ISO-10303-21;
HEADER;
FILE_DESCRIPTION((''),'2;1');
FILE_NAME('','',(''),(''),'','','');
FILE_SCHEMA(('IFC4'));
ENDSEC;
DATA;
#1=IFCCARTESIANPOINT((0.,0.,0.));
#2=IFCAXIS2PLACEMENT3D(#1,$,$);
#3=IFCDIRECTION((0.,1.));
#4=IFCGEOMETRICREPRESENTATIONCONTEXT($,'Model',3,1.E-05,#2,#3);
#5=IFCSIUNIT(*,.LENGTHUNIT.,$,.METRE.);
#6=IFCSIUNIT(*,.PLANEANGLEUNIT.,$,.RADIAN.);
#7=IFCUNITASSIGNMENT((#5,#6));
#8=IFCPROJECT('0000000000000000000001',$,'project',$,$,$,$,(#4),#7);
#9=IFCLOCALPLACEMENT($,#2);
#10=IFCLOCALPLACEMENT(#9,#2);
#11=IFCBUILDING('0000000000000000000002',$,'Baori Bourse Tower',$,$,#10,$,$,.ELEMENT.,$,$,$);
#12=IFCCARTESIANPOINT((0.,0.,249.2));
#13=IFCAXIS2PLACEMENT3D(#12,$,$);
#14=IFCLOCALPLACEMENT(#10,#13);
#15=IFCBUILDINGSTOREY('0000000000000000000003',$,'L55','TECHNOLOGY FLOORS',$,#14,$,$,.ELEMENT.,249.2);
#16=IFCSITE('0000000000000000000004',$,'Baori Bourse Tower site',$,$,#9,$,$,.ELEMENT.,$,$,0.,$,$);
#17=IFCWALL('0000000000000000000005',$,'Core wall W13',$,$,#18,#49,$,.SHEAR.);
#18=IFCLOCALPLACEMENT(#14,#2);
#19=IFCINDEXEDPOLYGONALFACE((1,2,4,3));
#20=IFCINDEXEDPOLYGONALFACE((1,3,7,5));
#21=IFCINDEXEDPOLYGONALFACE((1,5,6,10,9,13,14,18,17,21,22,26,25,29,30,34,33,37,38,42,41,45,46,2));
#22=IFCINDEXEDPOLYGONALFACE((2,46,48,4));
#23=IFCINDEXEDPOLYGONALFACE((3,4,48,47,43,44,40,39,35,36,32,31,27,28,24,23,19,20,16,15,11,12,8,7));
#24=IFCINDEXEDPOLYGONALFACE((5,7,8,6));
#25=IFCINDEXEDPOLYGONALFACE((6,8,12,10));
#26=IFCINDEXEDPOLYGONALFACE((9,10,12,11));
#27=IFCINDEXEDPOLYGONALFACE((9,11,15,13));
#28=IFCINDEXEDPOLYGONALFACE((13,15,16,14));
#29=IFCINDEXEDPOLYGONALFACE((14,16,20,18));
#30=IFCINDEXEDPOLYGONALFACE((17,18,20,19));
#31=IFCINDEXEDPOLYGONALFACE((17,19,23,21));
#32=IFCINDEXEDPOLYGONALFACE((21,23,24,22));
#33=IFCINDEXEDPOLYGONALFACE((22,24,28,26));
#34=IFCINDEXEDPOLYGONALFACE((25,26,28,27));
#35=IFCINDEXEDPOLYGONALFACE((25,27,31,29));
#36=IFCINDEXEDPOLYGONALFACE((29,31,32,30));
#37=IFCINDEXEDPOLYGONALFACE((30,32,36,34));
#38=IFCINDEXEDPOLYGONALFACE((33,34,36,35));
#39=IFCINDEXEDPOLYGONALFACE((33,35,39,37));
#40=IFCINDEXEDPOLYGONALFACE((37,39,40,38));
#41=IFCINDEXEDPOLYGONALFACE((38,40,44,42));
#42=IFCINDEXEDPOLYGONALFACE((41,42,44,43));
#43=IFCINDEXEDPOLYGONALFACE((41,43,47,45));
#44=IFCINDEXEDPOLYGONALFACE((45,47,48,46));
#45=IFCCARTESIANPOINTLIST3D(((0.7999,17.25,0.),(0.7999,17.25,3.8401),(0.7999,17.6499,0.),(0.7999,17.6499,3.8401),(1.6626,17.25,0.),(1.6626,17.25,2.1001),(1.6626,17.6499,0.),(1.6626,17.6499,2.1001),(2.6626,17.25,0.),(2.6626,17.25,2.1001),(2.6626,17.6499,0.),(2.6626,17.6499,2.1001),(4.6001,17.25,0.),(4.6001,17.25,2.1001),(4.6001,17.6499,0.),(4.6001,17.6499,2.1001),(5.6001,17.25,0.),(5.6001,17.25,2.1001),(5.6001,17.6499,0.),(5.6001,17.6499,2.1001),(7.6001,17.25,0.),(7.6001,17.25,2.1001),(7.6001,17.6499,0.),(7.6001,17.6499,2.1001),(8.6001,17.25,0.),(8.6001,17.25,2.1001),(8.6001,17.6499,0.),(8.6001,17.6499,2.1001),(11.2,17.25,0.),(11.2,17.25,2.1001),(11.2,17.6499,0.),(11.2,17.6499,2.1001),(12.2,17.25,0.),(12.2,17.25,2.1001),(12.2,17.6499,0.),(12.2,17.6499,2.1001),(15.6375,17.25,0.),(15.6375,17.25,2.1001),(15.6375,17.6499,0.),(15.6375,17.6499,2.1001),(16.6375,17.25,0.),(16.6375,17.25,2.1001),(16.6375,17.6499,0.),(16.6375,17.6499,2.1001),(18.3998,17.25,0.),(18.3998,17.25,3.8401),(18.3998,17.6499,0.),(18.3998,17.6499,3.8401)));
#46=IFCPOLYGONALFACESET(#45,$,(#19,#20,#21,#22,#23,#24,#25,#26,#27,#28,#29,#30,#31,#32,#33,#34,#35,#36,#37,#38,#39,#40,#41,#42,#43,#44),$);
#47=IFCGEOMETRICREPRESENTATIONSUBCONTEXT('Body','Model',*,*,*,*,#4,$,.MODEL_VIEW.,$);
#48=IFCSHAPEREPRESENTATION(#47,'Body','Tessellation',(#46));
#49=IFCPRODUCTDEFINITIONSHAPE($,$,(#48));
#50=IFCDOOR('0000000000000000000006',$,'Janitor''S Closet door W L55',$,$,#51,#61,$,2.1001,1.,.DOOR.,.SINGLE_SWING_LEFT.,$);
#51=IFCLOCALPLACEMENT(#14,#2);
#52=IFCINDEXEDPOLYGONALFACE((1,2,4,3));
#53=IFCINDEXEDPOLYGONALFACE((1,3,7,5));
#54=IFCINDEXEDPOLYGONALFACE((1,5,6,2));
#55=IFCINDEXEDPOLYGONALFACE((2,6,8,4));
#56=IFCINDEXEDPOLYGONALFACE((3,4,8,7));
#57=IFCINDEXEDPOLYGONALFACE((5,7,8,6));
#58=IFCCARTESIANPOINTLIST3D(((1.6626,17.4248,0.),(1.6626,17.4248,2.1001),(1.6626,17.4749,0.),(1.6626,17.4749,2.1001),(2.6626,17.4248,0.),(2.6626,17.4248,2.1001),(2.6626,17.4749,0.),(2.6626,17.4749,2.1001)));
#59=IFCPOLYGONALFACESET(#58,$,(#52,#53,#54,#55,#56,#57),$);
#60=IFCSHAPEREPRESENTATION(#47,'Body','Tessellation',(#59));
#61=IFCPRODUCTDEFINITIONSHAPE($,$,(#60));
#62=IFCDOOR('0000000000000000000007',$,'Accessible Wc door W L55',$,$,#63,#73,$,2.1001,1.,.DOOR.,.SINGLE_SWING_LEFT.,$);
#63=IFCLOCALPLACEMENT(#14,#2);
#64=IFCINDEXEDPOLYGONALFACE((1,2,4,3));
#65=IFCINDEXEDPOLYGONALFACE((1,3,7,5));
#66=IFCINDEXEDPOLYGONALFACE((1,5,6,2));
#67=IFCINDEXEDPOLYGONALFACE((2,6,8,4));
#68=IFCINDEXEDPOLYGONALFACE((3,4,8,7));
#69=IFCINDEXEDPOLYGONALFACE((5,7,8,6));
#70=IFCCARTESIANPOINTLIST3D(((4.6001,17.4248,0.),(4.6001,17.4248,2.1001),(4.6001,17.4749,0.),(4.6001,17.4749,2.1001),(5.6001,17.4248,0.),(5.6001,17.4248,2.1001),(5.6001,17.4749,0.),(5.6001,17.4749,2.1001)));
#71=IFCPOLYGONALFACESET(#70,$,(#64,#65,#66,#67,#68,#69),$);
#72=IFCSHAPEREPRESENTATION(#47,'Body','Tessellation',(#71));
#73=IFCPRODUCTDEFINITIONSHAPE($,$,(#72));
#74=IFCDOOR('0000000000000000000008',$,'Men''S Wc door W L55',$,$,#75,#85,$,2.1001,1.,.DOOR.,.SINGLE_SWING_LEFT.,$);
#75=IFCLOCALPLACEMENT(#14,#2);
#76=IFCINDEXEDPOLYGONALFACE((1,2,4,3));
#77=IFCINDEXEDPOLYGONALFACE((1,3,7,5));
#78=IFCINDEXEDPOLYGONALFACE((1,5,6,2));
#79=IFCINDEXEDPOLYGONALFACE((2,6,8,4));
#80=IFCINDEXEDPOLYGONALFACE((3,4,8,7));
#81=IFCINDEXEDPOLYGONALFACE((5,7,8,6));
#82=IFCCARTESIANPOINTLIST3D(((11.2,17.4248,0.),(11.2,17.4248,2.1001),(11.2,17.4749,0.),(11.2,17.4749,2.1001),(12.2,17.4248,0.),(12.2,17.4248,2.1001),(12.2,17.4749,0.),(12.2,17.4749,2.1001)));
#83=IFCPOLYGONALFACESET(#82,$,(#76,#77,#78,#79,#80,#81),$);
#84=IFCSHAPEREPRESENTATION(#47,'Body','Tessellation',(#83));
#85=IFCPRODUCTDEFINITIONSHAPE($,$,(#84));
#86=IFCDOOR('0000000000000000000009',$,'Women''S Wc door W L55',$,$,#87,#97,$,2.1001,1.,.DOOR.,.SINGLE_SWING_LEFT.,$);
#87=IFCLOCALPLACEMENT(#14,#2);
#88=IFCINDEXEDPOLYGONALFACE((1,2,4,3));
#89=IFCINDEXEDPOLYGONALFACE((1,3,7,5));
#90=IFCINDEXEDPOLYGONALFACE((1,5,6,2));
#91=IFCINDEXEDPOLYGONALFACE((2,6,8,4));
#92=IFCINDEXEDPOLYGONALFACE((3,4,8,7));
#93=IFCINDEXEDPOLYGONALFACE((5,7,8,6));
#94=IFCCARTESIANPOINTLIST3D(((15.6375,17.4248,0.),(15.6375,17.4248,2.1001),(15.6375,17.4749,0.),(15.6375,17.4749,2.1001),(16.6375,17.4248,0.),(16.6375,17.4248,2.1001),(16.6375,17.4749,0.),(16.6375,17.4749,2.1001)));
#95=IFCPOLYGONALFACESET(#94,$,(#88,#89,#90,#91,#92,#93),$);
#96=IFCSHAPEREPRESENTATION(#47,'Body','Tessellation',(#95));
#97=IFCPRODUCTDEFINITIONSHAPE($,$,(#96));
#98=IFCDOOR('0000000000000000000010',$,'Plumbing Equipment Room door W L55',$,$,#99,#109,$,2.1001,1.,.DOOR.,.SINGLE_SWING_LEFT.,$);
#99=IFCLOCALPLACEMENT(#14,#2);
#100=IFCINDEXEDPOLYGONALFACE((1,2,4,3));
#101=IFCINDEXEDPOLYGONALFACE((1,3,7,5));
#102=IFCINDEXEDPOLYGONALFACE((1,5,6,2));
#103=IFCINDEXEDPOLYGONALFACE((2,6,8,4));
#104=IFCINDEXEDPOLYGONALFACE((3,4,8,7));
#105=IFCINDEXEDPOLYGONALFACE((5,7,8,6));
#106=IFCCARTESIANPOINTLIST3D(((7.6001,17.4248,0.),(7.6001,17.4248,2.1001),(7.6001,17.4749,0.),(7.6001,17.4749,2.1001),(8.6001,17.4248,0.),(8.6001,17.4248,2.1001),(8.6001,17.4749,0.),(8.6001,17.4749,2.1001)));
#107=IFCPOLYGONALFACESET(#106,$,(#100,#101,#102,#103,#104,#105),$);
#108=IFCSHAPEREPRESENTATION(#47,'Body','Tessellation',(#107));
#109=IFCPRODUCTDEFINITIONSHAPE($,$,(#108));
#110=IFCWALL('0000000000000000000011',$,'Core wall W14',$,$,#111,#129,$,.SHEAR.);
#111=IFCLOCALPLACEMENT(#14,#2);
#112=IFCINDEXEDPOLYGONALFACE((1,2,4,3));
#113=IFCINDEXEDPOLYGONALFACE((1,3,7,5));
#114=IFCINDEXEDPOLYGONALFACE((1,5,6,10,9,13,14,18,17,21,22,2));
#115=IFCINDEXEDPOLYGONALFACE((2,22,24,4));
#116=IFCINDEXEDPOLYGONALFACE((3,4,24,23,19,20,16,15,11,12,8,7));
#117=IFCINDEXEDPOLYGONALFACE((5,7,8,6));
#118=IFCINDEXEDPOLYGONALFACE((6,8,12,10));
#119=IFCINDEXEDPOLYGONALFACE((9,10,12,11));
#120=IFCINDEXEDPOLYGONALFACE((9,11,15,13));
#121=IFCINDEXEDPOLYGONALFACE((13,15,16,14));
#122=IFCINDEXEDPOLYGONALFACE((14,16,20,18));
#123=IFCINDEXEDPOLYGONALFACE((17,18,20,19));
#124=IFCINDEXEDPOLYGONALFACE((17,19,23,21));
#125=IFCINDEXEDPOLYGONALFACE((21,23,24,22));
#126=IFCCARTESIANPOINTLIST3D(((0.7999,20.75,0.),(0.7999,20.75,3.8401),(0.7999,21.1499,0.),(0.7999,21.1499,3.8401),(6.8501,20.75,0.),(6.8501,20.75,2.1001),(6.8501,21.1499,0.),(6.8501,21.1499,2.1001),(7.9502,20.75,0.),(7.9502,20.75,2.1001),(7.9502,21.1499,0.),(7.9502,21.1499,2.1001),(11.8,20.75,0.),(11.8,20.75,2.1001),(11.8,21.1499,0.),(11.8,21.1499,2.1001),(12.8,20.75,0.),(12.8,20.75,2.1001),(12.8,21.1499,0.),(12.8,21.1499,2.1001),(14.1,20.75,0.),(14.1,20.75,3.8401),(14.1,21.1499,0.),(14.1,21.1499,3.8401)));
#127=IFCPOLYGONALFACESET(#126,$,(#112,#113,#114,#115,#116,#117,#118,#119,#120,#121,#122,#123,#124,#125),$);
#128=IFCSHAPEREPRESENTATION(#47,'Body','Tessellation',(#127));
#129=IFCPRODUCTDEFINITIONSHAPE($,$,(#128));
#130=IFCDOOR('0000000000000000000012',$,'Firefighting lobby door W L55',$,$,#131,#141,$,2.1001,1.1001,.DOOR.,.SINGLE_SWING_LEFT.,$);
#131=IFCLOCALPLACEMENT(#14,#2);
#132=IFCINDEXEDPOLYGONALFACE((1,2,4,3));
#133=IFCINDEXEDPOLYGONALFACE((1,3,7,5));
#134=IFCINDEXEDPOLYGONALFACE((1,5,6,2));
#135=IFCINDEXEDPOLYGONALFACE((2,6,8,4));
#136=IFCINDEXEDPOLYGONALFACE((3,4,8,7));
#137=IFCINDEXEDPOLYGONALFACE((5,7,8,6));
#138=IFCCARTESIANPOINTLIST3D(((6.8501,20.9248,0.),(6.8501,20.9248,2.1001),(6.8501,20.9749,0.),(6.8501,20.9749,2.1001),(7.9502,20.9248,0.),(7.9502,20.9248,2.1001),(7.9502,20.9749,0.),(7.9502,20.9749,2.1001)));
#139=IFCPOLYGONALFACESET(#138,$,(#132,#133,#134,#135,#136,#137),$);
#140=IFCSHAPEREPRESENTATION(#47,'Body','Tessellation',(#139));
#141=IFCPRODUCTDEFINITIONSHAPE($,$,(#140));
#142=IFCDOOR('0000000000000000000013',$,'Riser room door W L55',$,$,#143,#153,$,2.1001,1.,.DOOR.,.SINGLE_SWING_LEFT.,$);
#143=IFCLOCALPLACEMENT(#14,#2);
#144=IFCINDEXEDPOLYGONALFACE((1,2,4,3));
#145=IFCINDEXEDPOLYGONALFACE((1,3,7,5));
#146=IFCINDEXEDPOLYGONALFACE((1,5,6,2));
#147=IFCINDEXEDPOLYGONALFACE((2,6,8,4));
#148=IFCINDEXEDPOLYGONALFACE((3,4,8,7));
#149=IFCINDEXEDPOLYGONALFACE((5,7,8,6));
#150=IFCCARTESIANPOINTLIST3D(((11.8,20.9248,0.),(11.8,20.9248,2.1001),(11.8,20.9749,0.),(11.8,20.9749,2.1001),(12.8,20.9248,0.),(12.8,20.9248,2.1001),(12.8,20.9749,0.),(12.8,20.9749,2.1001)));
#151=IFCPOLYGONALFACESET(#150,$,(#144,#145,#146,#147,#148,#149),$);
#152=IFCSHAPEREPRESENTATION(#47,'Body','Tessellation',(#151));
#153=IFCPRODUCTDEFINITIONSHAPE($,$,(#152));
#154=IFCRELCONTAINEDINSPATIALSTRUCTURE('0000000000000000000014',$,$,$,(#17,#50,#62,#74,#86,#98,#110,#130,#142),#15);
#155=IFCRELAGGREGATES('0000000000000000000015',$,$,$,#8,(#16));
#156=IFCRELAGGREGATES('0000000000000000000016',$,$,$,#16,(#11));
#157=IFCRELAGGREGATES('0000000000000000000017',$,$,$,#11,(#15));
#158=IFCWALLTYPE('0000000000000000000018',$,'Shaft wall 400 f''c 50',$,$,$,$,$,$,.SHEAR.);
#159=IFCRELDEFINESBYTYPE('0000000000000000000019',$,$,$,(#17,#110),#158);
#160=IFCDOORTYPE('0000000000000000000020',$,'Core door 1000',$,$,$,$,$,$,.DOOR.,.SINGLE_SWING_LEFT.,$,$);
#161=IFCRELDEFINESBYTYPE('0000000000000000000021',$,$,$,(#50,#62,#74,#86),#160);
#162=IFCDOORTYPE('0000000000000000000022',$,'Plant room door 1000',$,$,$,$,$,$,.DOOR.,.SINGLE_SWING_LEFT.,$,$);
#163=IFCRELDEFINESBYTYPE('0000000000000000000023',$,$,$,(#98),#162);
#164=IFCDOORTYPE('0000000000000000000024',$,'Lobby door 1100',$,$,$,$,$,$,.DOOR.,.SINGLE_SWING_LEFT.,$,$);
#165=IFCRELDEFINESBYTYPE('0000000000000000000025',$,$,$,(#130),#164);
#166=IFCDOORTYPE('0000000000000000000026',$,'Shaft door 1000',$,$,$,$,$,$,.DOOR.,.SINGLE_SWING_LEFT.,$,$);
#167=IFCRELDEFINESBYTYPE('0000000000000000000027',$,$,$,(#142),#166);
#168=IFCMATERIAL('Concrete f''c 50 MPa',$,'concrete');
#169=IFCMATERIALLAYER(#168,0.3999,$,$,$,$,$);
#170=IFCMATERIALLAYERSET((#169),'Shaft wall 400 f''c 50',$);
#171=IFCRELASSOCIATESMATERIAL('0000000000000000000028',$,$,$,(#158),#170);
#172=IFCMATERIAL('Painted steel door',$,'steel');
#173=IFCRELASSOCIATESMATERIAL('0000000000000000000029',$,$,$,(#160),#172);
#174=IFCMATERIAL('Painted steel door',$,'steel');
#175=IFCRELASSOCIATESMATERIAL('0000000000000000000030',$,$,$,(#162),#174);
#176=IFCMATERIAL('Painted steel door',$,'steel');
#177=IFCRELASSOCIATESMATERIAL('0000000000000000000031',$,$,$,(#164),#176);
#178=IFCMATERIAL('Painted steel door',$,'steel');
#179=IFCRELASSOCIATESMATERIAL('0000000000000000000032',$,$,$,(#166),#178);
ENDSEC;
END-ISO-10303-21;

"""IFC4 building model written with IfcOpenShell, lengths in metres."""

from ifc_helpers import new_model, si_unit, direction, frame, frame_2d, origin, place, context, subcontext, project, spatial, rectangle, extrude, material, layer, layer_set, type_object, element, fill, save


model = new_model("IFC4")

# Units and contexts
model_context = context("Model", 3, precision=1e-05, world=origin(), true_north=direction((0.0, 1.0)))
body_context = subcontext(model_context, "Body", "Model", "MODEL_VIEW")
ifc_project = project(units=[si_unit("LENGTHUNIT", "METRE"), si_unit("PLANEANGLEUNIT", "RADIAN")], contexts=[model_context])

# Site, building, storey
site_placement = place(None, origin())
site = spatial("IfcSite", under=ifc_project, at=site_placement, Name="Baori Bourse Tower site", CompositionType="ELEMENT", RefElevation=0.0)
building_placement = place(site_placement, origin())
building = spatial("IfcBuilding", under=site, at=building_placement, Name="Baori Bourse Tower", CompositionType="ELEMENT")
storey_placement = place(building_placement, frame((0.0, 0.0, 249.2)))
storey = spatial("IfcBuildingStorey", under=building, at=storey_placement, Name="L55", Description="TECHNOLOGY FLOORS", CompositionType="ELEMENT", Elevation=249.2)

# Shared definitions
ifc_material_1 = material(Name="Concrete f'c 50 MPa", Category="concrete")
ifc_layer_1 = layer(ifc_material_1, 0.3999)
ifc_layer_set_1 = layer_set([ifc_layer_1], Name="Shaft wall 400 f'c 50")
wall_type_1 = type_object("IfcWallType", Name="Shaft wall 400 f'c 50", PredefinedType="SHEAR", material=ifc_layer_set_1)

# Walls, openings, doors
wall_1_placement = place(storey_placement, frame((0.8, 17.45, 0.0), z_axis=(0.0, 0.0, 1.0), x_axis=(1.0, 0.0, 0.0)))
wall_1 = element("IfcWall", 1, at=wall_1_placement, inside=storey, type_object=wall_type_1, Name="Core wall W13", PredefinedType="SHEAR", context=body_context, shape_type="SweptSolid", body=[
    extrude(rectangle(XDim=17.5999, YDim=0.3999, at=frame_2d((8.7998, 0.0))), origin(), (0.0, 0.0, 1.0), 3.8401),
])
opening_1_placement = place(wall_1_placement, frame((0.8625, 0.0, 0.0)))
opening_1 = element("IfcOpeningElement", 2, at=opening_1_placement, cuts=wall_1, PredefinedType="OPENING", context=body_context, shape_type="SweptSolid", body=[
    extrude(rectangle(XDim=1.0, YDim=2.1001, at=frame_2d((0.5, 1.05))), frame((0.0, 0.21, 0.0), z_axis=(0.0, -1.0, 0.0), x_axis=(1.0, 0.0, 0.0)), (0.0, 0.0, 1.0), 0.4199),
])
opening_2_placement = place(wall_1_placement, frame((3.8, 0.0, 0.0)))
opening_2 = element("IfcOpeningElement", 3, at=opening_2_placement, cuts=wall_1, PredefinedType="OPENING", context=body_context, shape_type="SweptSolid", body=[
    extrude(rectangle(XDim=1.0, YDim=2.1001, at=frame_2d((0.5, 1.05))), frame((0.0, 0.21, 0.0), z_axis=(0.0, -1.0, 0.0), x_axis=(1.0, 0.0, 0.0)), (0.0, 0.0, 1.0), 0.4199),
])
opening_3_placement = place(wall_1_placement, frame((6.8, 0.0, 0.0)))
opening_3 = element("IfcOpeningElement", 4, at=opening_3_placement, cuts=wall_1, PredefinedType="OPENING", context=body_context, shape_type="SweptSolid", body=[
    extrude(rectangle(XDim=1.0, YDim=2.1001, at=frame_2d((0.5, 1.05))), frame((0.0, 0.21, 0.0), z_axis=(0.0, -1.0, 0.0), x_axis=(1.0, 0.0, 0.0)), (0.0, 0.0, 1.0), 0.4199),
])
opening_4_placement = place(wall_1_placement, frame((10.3999, 0.0, 0.0)))
opening_4 = element("IfcOpeningElement", 5, at=opening_4_placement, cuts=wall_1, PredefinedType="OPENING", context=body_context, shape_type="SweptSolid", body=[
    extrude(rectangle(XDim=1.0, YDim=2.1001, at=frame_2d((0.5, 1.05))), frame((0.0, 0.21, 0.0), z_axis=(0.0, -1.0, 0.0), x_axis=(1.0, 0.0, 0.0)), (0.0, 0.0, 1.0), 0.4199),
])
opening_5_placement = place(wall_1_placement, frame((14.8374, 0.0, 0.0)))
opening_5 = element("IfcOpeningElement", 6, at=opening_5_placement, cuts=wall_1, PredefinedType="OPENING", context=body_context, shape_type="SweptSolid", body=[
    extrude(rectangle(XDim=1.0, YDim=2.1001, at=frame_2d((0.5, 1.05))), frame((0.0, 0.21, 0.0), z_axis=(0.0, -1.0, 0.0), x_axis=(1.0, 0.0, 0.0)), (0.0, 0.0, 1.0), 0.4199),
])
ifc_material_2 = material(Name="Painted steel door", Category="steel")
door_type_1 = type_object("IfcDoorType", Name="Core door 1000", OperationType="SINGLE_SWING_LEFT", PredefinedType="DOOR", material=ifc_material_2)
door_1_placement = place(opening_1_placement, origin())
door_1 = element("IfcDoor", 7, at=door_1_placement, inside=storey, type_object=door_type_1, Name="Janitor'S Closet door W L55", OperationType="SINGLE_SWING_LEFT", OverallHeight=2.1001, OverallWidth=1.0, PredefinedType="DOOR", context=body_context, shape_type="SweptSolid", body=[
    extrude(rectangle(XDim=1.0, YDim=2.1001, at=frame_2d((0.5, 1.05))), frame((0.0, 0.0249, 0.0), z_axis=(0.0, -1.0, 0.0), x_axis=(1.0, 0.0, 0.0)), (0.0, 0.0, 1.0), 0.05),
])
fill(opening_1, door_1)
door_2_placement = place(opening_2_placement, origin())
door_2 = element("IfcDoor", 8, at=door_2_placement, inside=storey, type_object=door_type_1, Name="Accessible Wc door W L55", OperationType="SINGLE_SWING_LEFT", OverallHeight=2.1001, OverallWidth=1.0, PredefinedType="DOOR", context=body_context, shape_type="SweptSolid", body=[
    extrude(rectangle(XDim=1.0, YDim=2.1001, at=frame_2d((0.5, 1.05))), frame((0.0, 0.0249, 0.0), z_axis=(0.0, -1.0, 0.0), x_axis=(1.0, 0.0, 0.0)), (0.0, 0.0, 1.0), 0.05),
])
fill(opening_2, door_2)
door_3_placement = place(opening_4_placement, origin())
door_3 = element("IfcDoor", 9, at=door_3_placement, inside=storey, type_object=door_type_1, Name="Men'S Wc door W L55", OperationType="SINGLE_SWING_LEFT", OverallHeight=2.1001, OverallWidth=1.0, PredefinedType="DOOR", context=body_context, shape_type="SweptSolid", body=[
    extrude(rectangle(XDim=1.0, YDim=2.1001, at=frame_2d((0.5, 1.05))), frame((0.0, 0.0249, 0.0), z_axis=(0.0, -1.0, 0.0), x_axis=(1.0, 0.0, 0.0)), (0.0, 0.0, 1.0), 0.05),
])
fill(opening_4, door_3)
door_4_placement = place(opening_5_placement, origin())
door_4 = element("IfcDoor", 10, at=door_4_placement, inside=storey, type_object=door_type_1, Name="Women'S Wc door W L55", OperationType="SINGLE_SWING_LEFT", OverallHeight=2.1001, OverallWidth=1.0, PredefinedType="DOOR", context=body_context, shape_type="SweptSolid", body=[
    extrude(rectangle(XDim=1.0, YDim=2.1001, at=frame_2d((0.5, 1.05))), frame((0.0, 0.0249, 0.0), z_axis=(0.0, -1.0, 0.0), x_axis=(1.0, 0.0, 0.0)), (0.0, 0.0, 1.0), 0.05),
])
fill(opening_5, door_4)
ifc_material_3 = material(Name="Painted steel door", Category="steel")
door_type_2 = type_object("IfcDoorType", Name="Plant room door 1000", OperationType="SINGLE_SWING_LEFT", PredefinedType="DOOR", material=ifc_material_3)
door_5_placement = place(opening_3_placement, origin())
door_5 = element("IfcDoor", 11, at=door_5_placement, inside=storey, type_object=door_type_2, Name="Plumbing Equipment Room door W L55", OperationType="SINGLE_SWING_LEFT", OverallHeight=2.1001, OverallWidth=1.0, PredefinedType="DOOR", context=body_context, shape_type="SweptSolid", body=[
    extrude(rectangle(XDim=1.0, YDim=2.1001, at=frame_2d((0.5, 1.05))), frame((0.0, 0.0249, 0.0), z_axis=(0.0, -1.0, 0.0), x_axis=(1.0, 0.0, 0.0)), (0.0, 0.0, 1.0), 0.05),
])
fill(opening_3, door_5)
wall_2_placement = place(storey_placement, frame((0.8, 20.95, 0.0), z_axis=(0.0, 0.0, 1.0), x_axis=(1.0, 0.0, 0.0)))
wall_2 = element("IfcWall", 12, at=wall_2_placement, inside=storey, type_object=wall_type_1, Name="Core wall W14", PredefinedType="SHEAR", context=body_context, shape_type="SweptSolid", body=[
    extrude(rectangle(XDim=13.3, YDim=0.3999, at=frame_2d((6.6499, 0.0))), origin(), (0.0, 0.0, 1.0), 3.8401),
])
opening_6_placement = place(wall_2_placement, frame((6.05, 0.0, 0.0)))
opening_6 = element("IfcOpeningElement", 13, at=opening_6_placement, cuts=wall_2, PredefinedType="OPENING", context=body_context, shape_type="SweptSolid", body=[
    extrude(rectangle(XDim=1.1001, YDim=2.1001, at=frame_2d((0.55, 1.05))), frame((0.0, 0.21, 0.0), z_axis=(0.0, -1.0, 0.0), x_axis=(1.0, 0.0, 0.0)), (0.0, 0.0, 1.0), 0.4199),
])
opening_7_placement = place(wall_2_placement, frame((11.0, 0.0, 0.0)))
opening_7 = element("IfcOpeningElement", 14, at=opening_7_placement, cuts=wall_2, PredefinedType="OPENING", context=body_context, shape_type="SweptSolid", body=[
    extrude(rectangle(XDim=1.0, YDim=2.1001, at=frame_2d((0.5, 1.05))), frame((0.0, 0.21, 0.0), z_axis=(0.0, -1.0, 0.0), x_axis=(1.0, 0.0, 0.0)), (0.0, 0.0, 1.0), 0.4199),
])
ifc_material_4 = material(Name="Painted steel door", Category="steel")
door_type_3 = type_object("IfcDoorType", Name="Lobby door 1100", OperationType="SINGLE_SWING_LEFT", PredefinedType="DOOR", material=ifc_material_4)
door_6_placement = place(opening_6_placement, origin())
door_6 = element("IfcDoor", 15, at=door_6_placement, inside=storey, type_object=door_type_3, Name="Firefighting lobby door W L55", OperationType="SINGLE_SWING_LEFT", OverallHeight=2.1001, OverallWidth=1.1001, PredefinedType="DOOR", context=body_context, shape_type="SweptSolid", body=[
    extrude(rectangle(XDim=1.1001, YDim=2.1001, at=frame_2d((0.55, 1.05))), frame((0.0, 0.0249, 0.0), z_axis=(0.0, -1.0, 0.0), x_axis=(1.0, 0.0, 0.0)), (0.0, 0.0, 1.0), 0.05),
])
fill(opening_6, door_6)
ifc_material_5 = material(Name="Painted steel door", Category="steel")
door_type_4 = type_object("IfcDoorType", Name="Shaft door 1000", OperationType="SINGLE_SWING_LEFT", PredefinedType="DOOR", material=ifc_material_5)
door_7_placement = place(opening_7_placement, origin())
door_7 = element("IfcDoor", 16, at=door_7_placement, inside=storey, type_object=door_type_4, Name="Riser room door W L55", OperationType="SINGLE_SWING_LEFT", OverallHeight=2.1001, OverallWidth=1.0, PredefinedType="DOOR", context=body_context, shape_type="SweptSolid", body=[
    extrude(rectangle(XDim=1.0, YDim=2.1001, at=frame_2d((0.5, 1.05))), frame((0.0, 0.0249, 0.0), z_axis=(0.0, -1.0, 0.0), x_axis=(1.0, 0.0, 0.0)), (0.0, 0.0, 1.0), 0.05),
])
fill(opening_7, door_7)

save(model, "model.ifc")
